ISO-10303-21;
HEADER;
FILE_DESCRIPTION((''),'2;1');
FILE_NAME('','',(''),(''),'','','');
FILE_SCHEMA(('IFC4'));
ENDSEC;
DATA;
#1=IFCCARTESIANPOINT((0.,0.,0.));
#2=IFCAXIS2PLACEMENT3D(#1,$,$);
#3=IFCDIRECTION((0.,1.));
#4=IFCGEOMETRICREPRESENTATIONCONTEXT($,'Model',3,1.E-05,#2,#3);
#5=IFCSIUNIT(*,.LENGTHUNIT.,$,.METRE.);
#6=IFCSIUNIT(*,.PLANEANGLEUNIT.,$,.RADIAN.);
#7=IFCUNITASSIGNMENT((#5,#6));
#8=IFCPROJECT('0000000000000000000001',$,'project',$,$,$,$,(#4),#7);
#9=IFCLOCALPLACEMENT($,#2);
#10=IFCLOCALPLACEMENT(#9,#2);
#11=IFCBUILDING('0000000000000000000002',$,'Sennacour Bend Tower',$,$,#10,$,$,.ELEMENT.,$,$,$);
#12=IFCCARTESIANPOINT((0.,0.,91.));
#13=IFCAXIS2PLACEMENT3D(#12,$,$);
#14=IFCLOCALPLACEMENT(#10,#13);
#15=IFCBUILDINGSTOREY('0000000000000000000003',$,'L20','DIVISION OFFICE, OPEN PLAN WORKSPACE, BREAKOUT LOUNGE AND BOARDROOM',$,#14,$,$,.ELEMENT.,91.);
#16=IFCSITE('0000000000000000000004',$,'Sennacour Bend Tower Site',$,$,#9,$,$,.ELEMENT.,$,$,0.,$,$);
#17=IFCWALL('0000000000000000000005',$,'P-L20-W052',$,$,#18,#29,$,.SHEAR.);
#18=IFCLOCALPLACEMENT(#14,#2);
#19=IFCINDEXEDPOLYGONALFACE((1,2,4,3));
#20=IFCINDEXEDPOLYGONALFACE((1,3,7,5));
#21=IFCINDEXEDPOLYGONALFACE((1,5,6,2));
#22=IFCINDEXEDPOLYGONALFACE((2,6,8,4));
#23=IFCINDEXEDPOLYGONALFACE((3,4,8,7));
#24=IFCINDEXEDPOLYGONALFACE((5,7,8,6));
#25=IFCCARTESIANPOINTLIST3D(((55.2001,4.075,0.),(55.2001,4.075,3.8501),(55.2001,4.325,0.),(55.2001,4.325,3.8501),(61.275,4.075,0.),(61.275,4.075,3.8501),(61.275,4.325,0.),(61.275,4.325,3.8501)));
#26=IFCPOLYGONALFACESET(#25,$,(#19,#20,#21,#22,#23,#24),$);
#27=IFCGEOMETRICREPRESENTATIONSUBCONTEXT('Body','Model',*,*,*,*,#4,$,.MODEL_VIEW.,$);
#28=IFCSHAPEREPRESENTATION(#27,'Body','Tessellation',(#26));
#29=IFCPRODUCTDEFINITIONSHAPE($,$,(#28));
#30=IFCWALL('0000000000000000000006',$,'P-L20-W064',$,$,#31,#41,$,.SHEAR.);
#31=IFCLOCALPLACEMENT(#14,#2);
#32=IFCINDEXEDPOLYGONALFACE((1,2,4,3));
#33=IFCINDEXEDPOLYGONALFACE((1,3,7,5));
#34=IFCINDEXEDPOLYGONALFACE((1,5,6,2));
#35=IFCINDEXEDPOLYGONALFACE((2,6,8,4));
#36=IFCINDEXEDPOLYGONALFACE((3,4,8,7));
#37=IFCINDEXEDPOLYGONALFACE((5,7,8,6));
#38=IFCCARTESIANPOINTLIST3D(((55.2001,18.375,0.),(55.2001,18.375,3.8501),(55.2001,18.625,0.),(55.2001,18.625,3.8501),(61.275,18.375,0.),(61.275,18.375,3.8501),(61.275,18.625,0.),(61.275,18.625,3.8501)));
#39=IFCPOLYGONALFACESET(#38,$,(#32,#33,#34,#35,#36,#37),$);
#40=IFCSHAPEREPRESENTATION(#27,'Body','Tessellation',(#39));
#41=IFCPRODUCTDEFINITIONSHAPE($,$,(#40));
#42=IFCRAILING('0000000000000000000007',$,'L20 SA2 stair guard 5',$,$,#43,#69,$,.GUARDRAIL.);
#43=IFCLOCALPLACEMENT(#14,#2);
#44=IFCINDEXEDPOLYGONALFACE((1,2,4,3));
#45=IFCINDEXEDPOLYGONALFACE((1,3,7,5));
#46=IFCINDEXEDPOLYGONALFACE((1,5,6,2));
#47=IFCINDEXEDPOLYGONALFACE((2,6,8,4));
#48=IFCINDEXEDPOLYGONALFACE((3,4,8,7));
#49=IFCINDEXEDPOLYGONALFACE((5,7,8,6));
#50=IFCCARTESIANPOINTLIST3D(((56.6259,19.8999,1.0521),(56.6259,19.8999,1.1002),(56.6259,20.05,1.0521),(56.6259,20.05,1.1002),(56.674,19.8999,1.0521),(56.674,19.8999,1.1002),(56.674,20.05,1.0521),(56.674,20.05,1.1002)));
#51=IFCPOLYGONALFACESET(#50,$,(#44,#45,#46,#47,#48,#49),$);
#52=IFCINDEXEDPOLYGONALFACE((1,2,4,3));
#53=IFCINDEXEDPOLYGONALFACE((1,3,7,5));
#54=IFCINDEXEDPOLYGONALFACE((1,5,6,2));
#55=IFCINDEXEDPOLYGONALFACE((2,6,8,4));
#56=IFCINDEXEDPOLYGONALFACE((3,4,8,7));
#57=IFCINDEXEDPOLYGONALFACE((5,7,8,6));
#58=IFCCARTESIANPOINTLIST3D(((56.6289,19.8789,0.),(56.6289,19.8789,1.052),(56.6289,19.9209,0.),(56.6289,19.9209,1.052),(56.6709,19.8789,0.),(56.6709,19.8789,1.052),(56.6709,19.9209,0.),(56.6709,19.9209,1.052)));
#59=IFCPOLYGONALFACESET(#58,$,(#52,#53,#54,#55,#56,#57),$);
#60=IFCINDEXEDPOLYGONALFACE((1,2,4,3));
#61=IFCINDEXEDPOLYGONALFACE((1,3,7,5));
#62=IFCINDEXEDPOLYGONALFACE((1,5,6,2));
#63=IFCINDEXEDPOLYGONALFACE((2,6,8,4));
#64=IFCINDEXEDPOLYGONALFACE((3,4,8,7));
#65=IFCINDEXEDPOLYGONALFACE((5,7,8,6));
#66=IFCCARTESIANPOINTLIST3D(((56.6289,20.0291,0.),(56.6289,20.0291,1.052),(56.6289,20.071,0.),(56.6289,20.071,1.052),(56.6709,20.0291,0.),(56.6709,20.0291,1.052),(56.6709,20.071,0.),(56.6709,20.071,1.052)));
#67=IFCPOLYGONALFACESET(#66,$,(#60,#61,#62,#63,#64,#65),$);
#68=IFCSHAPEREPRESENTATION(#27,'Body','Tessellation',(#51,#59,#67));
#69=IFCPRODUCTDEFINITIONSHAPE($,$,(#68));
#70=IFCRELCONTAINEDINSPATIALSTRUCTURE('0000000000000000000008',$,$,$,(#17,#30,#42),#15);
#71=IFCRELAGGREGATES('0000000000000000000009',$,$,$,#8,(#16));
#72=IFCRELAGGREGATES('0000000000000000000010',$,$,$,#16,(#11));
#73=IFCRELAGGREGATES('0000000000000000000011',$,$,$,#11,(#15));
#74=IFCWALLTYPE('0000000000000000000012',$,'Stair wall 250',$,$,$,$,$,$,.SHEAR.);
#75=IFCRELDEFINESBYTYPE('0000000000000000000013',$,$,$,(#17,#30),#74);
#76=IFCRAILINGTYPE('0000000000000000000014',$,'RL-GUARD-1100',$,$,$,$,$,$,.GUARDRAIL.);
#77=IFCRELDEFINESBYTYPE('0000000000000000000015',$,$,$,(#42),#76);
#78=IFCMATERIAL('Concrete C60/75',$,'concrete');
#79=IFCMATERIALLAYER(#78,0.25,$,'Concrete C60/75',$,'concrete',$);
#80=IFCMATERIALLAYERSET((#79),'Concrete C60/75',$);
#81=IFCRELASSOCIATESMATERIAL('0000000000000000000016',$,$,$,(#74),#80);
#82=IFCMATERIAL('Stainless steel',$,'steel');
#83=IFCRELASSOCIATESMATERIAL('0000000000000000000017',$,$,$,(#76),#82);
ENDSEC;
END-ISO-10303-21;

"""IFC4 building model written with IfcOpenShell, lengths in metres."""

from ifc_helpers import new_model, si_unit, direction, frame, frame_2d, origin, origin_2d, place, context, subcontext, project, spatial, rectangle, extrude, material, layer, layer_set, type_object, element, save


model = new_model("IFC4")

# Units and contexts
model_context = context("Model", 3, precision=1e-05, world=origin(), true_north=direction((0.0, 1.0)))
body_context = subcontext(model_context, "Body", "Model", "MODEL_VIEW")
ifc_project = project(units=[si_unit("LENGTHUNIT", "METRE"), si_unit("PLANEANGLEUNIT", "RADIAN")], contexts=[model_context])

# Site, building, storey
site_placement = place(None, origin())
site = spatial("IfcSite", under=ifc_project, at=site_placement, Name="Sennacour Bend Tower Site", CompositionType="ELEMENT", RefElevation=0.0)
building_placement = place(site_placement, origin())
building = spatial("IfcBuilding", under=site, at=building_placement, Name="Sennacour Bend Tower", CompositionType="ELEMENT")
storey_placement = place(building_placement, frame((0.0, 0.0, 91.0)))
storey = spatial("IfcBuildingStorey", under=building, at=storey_placement, Name="L20", Description="DIVISION OFFICE, OPEN PLAN WORKSPACE, BREAKOUT LOUNGE AND BOARDROOM", CompositionType="ELEMENT", Elevation=91.0)

# Shared definitions
ifc_material_1 = material(Name="Stainless steel", Category="steel")

# Walls
ifc_material_2 = material(Name="Concrete C60/75", Category="concrete")
ifc_layer_1 = layer(ifc_material_2, 0.25, Name="Concrete C60/75", Category="concrete")
ifc_layer_set_1 = layer_set([ifc_layer_1], Name="Concrete C60/75")
wall_type_1 = type_object("IfcWallType", Name="Stair wall 250", PredefinedType="SHEAR", material=ifc_layer_set_1)
for number, where, z_axis, x_axis, name in (
    (1, (55.2, 4.2, 0.0), (0.0, 0.0, 1.0), (1.0, 0.0, 0.0), "P-L20-W052"),
    (2, (55.2, 18.5, 0.0), (0.0, 0.0, 1.0), (1.0, 0.0, 0.0), "P-L20-W064"),
):
    element("IfcWall", number, at=place(storey_placement, frame(where, z_axis=z_axis, x_axis=x_axis)), inside=storey, type_object=wall_type_1, Name=name, PredefinedType="SHEAR", context=body_context, shape_type="SweptSolid", body=[
        extrude(rectangle(XDim=6.075, YDim=0.25, at=frame_2d((3.0376, 0.0))), origin(), (0.0, 0.0, 1.0), 3.8501),
    ])

# Railing
railing_type = type_object("IfcRailingType", Name="RL-GUARD-1100", PredefinedType="GUARDRAIL", material=ifc_material_1)
railing_placement = place(storey_placement, frame((56.6499, 19.8999, 0.0)))
element("IfcRailing", 3, at=railing_placement, inside=storey, type_object=railing_type, Name="L20 SA2 stair guard 5", PredefinedType="GUARDRAIL", context=body_context, shape_type="SweptSolid", body=[
    extrude(rectangle(XDim=0.0481, YDim=0.0481, at=origin_2d()), frame((0.0, 0.0, 1.0762), z_axis=(0.0, 1.0, 0.0), x_axis=(-1.0, 0.0, 0.0)), (0.0, 0.0, 1.0), 0.1501),
    extrude(rectangle(XDim=0.042, YDim=0.042, at=origin_2d()), origin(), (0.0, 0.0, 1.0), 1.052),
    extrude(rectangle(XDim=0.042, YDim=0.042, at=origin_2d()), frame((0.0, 0.1501, 0.0)), (0.0, 0.0, 1.0), 1.052),
])

save(model, "model.ifc")
